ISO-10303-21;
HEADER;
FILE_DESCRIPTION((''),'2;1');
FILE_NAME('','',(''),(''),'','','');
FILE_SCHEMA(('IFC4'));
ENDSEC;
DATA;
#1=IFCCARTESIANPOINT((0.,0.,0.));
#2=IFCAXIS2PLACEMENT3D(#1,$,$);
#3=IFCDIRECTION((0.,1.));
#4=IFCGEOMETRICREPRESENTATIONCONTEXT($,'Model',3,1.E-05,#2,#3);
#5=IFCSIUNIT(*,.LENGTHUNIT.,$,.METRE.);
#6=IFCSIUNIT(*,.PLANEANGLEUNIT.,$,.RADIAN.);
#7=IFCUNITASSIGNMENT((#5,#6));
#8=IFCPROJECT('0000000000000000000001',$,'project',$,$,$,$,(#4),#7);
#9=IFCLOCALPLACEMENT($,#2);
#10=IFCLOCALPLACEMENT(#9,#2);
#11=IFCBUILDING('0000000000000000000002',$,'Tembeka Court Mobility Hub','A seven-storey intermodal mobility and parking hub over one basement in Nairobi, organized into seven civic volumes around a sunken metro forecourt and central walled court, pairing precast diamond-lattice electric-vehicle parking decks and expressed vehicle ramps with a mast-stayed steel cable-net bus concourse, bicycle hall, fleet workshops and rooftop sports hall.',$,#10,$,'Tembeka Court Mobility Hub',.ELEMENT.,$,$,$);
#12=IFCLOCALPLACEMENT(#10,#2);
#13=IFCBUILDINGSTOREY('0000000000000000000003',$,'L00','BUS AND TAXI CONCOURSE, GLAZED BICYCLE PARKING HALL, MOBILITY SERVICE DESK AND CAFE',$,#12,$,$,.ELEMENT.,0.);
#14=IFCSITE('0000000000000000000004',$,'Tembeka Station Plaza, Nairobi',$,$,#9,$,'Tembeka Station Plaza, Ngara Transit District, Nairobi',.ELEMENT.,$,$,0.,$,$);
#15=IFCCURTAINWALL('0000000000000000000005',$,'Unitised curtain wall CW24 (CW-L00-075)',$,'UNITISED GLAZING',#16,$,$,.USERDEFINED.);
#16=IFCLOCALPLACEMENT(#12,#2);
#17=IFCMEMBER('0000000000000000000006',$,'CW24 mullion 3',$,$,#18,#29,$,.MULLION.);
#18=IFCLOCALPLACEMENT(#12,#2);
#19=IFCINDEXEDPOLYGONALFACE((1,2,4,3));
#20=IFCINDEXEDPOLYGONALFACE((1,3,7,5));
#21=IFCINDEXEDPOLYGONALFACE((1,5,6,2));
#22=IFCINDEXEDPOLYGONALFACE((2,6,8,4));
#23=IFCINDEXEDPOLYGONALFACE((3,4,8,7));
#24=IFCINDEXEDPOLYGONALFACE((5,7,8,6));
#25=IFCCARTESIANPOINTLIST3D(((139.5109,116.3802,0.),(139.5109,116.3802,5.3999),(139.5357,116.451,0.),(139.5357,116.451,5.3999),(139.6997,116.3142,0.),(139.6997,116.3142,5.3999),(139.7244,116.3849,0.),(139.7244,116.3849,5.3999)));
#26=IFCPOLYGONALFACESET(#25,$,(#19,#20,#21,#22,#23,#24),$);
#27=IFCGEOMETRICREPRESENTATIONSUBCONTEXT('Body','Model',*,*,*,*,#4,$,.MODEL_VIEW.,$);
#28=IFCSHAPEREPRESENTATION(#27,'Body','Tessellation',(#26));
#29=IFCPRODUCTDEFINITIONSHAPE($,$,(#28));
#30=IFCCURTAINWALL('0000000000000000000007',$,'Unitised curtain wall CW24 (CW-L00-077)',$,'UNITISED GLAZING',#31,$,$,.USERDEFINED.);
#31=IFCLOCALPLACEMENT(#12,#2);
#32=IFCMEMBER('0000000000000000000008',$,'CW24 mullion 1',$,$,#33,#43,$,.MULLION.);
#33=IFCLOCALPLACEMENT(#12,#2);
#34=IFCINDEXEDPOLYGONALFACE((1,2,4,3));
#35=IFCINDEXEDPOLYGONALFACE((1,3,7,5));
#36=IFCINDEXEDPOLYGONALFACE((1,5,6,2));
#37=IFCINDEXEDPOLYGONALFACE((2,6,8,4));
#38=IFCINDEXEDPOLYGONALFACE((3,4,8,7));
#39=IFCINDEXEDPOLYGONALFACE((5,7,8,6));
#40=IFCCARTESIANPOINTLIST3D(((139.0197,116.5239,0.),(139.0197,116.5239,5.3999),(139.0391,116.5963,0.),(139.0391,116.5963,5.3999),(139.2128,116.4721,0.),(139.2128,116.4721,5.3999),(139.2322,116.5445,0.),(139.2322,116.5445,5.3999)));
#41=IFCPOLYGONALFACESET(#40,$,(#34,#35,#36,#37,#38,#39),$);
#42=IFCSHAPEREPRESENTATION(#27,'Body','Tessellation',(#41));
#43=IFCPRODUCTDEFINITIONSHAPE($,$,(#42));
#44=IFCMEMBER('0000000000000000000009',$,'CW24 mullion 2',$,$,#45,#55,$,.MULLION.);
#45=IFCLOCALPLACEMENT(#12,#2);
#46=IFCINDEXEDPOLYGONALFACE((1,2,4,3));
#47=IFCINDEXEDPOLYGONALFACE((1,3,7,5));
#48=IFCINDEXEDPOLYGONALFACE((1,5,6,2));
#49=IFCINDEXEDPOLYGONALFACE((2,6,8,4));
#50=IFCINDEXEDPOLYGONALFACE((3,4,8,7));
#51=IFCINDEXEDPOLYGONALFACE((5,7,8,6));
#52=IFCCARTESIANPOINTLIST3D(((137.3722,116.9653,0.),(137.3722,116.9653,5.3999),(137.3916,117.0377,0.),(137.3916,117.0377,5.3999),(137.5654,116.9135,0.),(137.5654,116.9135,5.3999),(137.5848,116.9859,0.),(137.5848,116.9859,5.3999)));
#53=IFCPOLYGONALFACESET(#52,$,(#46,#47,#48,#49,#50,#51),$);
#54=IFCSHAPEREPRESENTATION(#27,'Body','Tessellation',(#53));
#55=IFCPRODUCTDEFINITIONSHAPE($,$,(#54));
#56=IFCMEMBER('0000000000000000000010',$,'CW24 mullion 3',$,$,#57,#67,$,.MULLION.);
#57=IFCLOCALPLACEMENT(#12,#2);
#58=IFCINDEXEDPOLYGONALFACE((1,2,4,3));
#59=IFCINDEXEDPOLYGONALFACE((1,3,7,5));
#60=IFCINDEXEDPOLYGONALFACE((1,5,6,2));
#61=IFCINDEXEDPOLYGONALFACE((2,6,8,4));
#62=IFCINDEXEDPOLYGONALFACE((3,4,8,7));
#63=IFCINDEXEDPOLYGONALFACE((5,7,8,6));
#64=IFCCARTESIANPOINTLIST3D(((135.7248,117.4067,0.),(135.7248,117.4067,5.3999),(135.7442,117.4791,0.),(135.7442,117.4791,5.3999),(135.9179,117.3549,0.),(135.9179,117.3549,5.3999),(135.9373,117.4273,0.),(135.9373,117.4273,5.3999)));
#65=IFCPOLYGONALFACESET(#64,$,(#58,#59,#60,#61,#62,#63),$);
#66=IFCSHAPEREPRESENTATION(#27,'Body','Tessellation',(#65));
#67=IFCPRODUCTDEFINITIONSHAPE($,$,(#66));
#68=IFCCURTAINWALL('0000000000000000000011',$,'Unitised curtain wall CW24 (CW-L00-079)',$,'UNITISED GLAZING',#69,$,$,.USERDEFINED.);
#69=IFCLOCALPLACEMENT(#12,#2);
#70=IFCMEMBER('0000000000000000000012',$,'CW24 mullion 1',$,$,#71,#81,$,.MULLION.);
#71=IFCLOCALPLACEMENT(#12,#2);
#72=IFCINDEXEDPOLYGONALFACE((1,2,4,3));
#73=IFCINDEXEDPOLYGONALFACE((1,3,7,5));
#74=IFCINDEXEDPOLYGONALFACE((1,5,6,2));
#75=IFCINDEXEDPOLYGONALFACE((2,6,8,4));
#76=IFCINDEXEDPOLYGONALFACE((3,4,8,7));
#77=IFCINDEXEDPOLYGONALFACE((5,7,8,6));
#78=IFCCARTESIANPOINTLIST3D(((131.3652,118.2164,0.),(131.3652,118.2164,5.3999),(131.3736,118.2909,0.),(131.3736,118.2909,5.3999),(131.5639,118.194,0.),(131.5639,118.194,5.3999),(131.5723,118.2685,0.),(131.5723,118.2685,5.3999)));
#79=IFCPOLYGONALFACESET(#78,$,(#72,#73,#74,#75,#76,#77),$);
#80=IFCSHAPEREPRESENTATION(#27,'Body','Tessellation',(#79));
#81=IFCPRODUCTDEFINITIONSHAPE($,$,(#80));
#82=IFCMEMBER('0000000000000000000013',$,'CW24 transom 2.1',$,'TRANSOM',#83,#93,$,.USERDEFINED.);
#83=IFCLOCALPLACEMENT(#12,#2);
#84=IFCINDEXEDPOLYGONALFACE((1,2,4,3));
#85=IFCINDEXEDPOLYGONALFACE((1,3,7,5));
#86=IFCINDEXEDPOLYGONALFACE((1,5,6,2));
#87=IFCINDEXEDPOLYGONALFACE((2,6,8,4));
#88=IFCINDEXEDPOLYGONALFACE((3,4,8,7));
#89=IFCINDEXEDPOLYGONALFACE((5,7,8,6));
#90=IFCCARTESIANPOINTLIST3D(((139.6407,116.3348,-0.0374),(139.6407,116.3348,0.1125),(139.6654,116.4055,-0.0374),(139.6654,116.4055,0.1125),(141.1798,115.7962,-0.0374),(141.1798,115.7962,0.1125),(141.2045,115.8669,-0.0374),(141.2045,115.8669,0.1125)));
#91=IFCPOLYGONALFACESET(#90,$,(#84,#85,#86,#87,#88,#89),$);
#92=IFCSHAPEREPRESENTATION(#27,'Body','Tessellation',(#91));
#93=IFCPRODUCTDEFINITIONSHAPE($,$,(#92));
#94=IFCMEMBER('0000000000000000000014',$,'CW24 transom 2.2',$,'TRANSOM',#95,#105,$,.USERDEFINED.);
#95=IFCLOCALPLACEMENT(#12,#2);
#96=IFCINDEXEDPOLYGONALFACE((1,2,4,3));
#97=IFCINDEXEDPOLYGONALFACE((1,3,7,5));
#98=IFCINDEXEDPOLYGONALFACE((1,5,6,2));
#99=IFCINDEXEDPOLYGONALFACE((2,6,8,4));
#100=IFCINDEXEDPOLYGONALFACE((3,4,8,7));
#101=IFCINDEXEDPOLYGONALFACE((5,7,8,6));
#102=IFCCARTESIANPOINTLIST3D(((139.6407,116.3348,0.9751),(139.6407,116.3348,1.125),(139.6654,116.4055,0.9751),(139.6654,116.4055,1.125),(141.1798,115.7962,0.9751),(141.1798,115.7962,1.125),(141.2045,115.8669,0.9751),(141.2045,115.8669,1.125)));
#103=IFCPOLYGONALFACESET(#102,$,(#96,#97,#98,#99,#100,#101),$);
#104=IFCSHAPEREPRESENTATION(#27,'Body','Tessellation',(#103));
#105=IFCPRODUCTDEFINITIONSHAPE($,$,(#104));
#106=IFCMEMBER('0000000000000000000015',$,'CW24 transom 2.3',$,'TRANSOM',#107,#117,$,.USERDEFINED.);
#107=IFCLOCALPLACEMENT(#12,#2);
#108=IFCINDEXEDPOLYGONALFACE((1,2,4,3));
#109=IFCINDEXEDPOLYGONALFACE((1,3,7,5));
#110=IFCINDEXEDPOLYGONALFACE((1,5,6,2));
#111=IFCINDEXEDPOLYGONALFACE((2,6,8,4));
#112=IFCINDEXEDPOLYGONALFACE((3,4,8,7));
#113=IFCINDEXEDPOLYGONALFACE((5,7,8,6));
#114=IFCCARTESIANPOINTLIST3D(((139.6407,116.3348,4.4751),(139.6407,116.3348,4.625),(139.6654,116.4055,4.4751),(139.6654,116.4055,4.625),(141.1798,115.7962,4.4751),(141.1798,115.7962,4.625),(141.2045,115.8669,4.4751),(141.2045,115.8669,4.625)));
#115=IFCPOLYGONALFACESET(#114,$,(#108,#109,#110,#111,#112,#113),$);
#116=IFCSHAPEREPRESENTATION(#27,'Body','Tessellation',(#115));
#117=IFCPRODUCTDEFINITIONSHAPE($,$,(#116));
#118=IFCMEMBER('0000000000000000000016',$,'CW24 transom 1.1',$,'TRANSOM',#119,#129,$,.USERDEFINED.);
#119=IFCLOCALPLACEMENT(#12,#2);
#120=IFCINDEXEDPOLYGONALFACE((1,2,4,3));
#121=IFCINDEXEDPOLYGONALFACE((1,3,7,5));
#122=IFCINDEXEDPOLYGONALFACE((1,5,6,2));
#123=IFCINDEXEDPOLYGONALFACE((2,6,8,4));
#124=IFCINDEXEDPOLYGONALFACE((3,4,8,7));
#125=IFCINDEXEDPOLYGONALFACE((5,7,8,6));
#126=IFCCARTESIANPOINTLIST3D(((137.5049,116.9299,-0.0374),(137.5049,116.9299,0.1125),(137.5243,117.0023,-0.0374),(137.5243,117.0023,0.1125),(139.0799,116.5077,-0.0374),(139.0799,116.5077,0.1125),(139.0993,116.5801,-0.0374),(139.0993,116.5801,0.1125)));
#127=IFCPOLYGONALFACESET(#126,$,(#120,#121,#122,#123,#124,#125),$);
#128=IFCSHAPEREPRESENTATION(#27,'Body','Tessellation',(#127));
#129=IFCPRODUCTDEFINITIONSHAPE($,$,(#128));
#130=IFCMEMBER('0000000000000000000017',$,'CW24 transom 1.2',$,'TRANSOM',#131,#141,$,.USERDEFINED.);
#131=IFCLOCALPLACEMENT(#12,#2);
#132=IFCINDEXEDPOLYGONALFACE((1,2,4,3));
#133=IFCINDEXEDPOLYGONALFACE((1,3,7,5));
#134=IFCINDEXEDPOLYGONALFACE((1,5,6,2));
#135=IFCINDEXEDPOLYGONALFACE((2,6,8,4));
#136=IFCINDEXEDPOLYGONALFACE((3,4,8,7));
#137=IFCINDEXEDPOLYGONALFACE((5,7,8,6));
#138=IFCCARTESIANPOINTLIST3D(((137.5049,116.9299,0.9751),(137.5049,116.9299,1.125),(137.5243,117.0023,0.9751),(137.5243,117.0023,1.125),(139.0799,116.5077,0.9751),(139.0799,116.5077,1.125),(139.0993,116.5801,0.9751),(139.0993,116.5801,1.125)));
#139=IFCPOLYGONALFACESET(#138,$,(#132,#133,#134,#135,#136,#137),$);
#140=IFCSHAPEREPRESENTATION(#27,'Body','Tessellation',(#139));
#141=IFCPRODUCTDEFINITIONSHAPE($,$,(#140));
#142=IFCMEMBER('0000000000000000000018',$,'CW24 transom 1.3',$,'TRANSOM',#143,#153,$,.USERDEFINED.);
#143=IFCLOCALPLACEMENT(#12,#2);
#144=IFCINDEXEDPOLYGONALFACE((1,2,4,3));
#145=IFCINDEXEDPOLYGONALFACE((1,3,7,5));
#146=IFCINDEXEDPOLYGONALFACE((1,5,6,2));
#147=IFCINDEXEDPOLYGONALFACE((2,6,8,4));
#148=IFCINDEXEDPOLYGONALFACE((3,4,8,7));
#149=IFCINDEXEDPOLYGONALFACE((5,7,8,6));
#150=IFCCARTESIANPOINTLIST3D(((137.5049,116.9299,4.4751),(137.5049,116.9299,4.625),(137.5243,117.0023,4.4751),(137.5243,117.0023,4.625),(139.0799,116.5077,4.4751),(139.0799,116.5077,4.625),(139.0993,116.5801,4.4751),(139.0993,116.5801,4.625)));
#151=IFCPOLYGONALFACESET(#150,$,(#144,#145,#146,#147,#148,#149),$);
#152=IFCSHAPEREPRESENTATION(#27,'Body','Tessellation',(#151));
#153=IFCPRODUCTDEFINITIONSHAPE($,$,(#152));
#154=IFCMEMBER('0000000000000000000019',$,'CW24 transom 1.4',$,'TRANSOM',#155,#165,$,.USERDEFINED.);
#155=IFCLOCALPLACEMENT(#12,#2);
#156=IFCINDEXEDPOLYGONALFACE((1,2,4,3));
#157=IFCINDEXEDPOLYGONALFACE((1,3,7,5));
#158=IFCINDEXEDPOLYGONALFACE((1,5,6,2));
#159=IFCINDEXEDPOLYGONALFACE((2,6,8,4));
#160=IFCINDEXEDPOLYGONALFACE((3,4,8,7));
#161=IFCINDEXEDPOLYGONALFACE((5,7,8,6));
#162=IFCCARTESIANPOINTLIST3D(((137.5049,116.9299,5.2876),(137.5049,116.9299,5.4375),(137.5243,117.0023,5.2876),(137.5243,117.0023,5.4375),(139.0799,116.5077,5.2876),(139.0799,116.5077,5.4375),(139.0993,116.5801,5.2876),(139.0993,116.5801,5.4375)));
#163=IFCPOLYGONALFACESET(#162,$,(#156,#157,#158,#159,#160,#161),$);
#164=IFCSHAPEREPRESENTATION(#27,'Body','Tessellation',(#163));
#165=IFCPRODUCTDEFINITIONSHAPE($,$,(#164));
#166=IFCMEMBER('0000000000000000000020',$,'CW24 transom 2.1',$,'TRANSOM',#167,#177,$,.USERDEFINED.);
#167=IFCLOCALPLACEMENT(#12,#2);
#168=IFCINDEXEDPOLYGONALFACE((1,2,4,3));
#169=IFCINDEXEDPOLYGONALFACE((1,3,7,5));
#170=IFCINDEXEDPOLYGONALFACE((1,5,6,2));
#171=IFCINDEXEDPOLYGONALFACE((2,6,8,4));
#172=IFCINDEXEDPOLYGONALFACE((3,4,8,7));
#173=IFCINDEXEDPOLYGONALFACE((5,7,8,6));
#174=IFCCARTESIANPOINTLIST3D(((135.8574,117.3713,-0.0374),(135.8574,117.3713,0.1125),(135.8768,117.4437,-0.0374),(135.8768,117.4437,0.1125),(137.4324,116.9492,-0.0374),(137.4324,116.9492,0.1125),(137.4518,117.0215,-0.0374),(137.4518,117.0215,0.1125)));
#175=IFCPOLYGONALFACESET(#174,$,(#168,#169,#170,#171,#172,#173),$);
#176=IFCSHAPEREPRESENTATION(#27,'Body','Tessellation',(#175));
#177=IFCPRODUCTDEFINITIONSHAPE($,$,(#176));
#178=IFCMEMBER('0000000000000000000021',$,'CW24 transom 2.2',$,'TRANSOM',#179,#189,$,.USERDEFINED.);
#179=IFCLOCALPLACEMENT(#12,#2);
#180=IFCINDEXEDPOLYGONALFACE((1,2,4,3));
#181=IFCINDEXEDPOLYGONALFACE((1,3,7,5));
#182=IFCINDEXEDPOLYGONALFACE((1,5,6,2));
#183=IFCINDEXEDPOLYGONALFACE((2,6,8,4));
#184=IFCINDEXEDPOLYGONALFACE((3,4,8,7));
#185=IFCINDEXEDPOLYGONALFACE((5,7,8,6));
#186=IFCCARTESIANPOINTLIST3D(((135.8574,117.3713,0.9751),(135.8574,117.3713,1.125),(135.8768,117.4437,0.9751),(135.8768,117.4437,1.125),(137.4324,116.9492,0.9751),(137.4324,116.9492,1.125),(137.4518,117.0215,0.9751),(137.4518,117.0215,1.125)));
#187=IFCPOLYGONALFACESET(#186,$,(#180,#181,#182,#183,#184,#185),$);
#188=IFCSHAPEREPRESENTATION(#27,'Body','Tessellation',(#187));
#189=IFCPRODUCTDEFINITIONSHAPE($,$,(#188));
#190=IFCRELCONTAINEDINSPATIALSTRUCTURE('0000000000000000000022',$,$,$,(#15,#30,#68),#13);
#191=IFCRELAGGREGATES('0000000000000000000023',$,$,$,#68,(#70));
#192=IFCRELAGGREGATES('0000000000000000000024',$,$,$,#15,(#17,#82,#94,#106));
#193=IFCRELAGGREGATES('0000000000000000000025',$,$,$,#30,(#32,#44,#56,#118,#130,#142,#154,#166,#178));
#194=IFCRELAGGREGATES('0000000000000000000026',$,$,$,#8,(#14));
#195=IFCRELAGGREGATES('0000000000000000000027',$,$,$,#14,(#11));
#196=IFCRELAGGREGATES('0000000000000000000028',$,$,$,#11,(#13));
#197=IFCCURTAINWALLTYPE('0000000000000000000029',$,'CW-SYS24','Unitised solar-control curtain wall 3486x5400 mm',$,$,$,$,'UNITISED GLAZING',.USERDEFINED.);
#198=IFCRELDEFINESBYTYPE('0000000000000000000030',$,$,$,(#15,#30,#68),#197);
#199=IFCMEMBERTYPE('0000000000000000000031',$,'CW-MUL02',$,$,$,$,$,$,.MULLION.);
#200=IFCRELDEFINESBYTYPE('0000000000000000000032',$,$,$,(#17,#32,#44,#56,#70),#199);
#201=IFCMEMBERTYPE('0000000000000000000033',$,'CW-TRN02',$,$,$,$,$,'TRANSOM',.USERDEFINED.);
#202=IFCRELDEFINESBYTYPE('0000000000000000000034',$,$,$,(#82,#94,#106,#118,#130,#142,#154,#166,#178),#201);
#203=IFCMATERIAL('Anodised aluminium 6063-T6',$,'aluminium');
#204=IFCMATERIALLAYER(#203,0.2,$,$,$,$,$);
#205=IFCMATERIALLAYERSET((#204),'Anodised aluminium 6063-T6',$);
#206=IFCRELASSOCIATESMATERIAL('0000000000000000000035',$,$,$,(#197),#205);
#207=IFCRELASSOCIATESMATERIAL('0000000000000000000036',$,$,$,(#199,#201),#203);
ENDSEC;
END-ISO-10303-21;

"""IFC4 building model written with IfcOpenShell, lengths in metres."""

from ifc_helpers import new_model, si_unit, direction, frame, origin, origin_2d, place, context, subcontext, project, spatial, rectangle, extrude, material, layer, layer_set, material_profile, profile_set, type_object, element, aggregate, save


model = new_model("IFC4")

# Units and contexts
model_context = context("Model", 3, precision=1e-05, world=origin(), true_north=direction((0.0, 1.0)))
body_context = subcontext(model_context, "Body", "Model", "MODEL_VIEW")
ifc_project = project(units=[si_unit("LENGTHUNIT", "METRE"), si_unit("PLANEANGLEUNIT", "RADIAN")], contexts=[model_context])

# Site, building, storey
site_placement = place(None, origin())
site = spatial("IfcSite", under=ifc_project, at=site_placement, Name="Tembeka Station Plaza, Nairobi", LongName="Tembeka Station Plaza, Ngara Transit District, Nairobi", CompositionType="ELEMENT", RefElevation=0.0)
building_placement = place(site_placement, origin())
building = spatial("IfcBuilding", under=site, at=building_placement, Name="Tembeka Court Mobility Hub", Description="A seven-storey intermodal mobility and parking hub over one basement in Nairobi, organized into seven civic volumes around a sunken metro forecourt and central walled court, pairing precast diamond-lattice electric-vehicle parking decks and expressed vehicle ramps with a mast-stayed steel cable-net bus concourse, bicycle hall, fleet workshops and rooftop sports hall.", LongName="Tembeka Court Mobility Hub", CompositionType="ELEMENT")
storey_placement = place(building_placement, origin())
storey = spatial("IfcBuildingStorey", under=building, at=storey_placement, Name="L00", Description="BUS AND TAXI CONCOURSE, GLAZED BICYCLE PARKING HALL, MOBILITY SERVICE DESK AND CAFE", CompositionType="ELEMENT", Elevation=0.0)

# Curtain wall, member
ifc_material_1 = material(Name="Anodised aluminium 6063-T6", Category="aluminium")
ifc_layer_1 = layer(ifc_material_1, 0.2)
ifc_layer_set_1 = layer_set([ifc_layer_1], Name="Anodised aluminium 6063-T6")
curtain_wall_type = type_object("IfcCurtainWallType", Name="CW-SYS24", Description="Unitised solar-control curtain wall 3486x5400 mm", ElementType="UNITISED GLAZING", PredefinedType="USERDEFINED", material=ifc_layer_set_1)
curtain_wall_1_placement = place(storey_placement, origin())
curtain_wall_1 = element("IfcCurtainWall", 1, at=curtain_wall_1_placement, inside=storey, type_object=curtain_wall_type, Name="Unitised curtain wall CW24 (CW-L00-075)", ObjectType="UNITISED GLAZING", PredefinedType="USERDEFINED")
ifc_material_profile_1 = material_profile(ifc_material_1, rectangle(XDim=0.075, YDim=0.2, at=origin_2d()), Name="ALU-MUL 75x200")
ifc_profile_set_1 = profile_set([ifc_material_profile_1], Name="Anodised aluminium 6063-T6")
member_type_1 = type_object("IfcMemberType", Name="CW-MUL02", PredefinedType="MULLION", material=ifc_profile_set_1)
member_1_placement = place(storey_placement, frame((139.6177, 116.3826, 0.0), z_axis=(0.0, 0.0, 1.0), x_axis=(-0.330264, -0.943889, 0.0)))
member_1 = element("IfcMember", 2, at=member_1_placement, type_object=member_type_1, Name="CW24 mullion 3", PredefinedType="MULLION", context=body_context, shape_type="SweptSolid", body=[
    extrude(rectangle(XDim=0.075, YDim=0.2, at=origin_2d()), origin(), (0.0, 0.0, 1.0), 5.3999),
])

# Curtain wall, members
curtain_wall_2_placement = place(storey_placement, origin())
curtain_wall_2 = element("IfcCurtainWall", 3, at=curtain_wall_2_placement, inside=storey, type_object=curtain_wall_type, Name="Unitised curtain wall CW24 (CW-L00-077)", ObjectType="UNITISED GLAZING", PredefinedType="USERDEFINED")
member_2_placement = place(storey_placement, frame((139.126, 116.5342, 0.0), z_axis=(0.0, 0.0, 1.0), x_axis=(-0.258828, -0.965923, 0.0)))
member_2 = element("IfcMember", 4, at=member_2_placement, type_object=member_type_1, Name="CW24 mullion 1", PredefinedType="MULLION", context=body_context, shape_type="SweptSolid", body=[
    extrude(rectangle(XDim=0.075, YDim=0.2, at=origin_2d()), origin(), (0.0, 0.0, 1.0), 5.3999),
])
member_3_placement = place(storey_placement, frame((137.4785, 116.9756, 0.0), z_axis=(0.0, 0.0, 1.0), x_axis=(-0.258828, -0.965923, 0.0)))
member_3 = element("IfcMember", 5, at=member_3_placement, type_object=member_type_1, Name="CW24 mullion 2", PredefinedType="MULLION", context=body_context, shape_type="SweptSolid", body=[
    extrude(rectangle(XDim=0.075, YDim=0.2, at=origin_2d()), origin(), (0.0, 0.0, 1.0), 5.3999),
])
member_4_placement = place(storey_placement, frame((135.8311, 117.417, 0.0), z_axis=(0.0, 0.0, 1.0), x_axis=(-0.258828, -0.965923, 0.0)))
member_4 = element("IfcMember", 6, at=member_4_placement, type_object=member_type_1, Name="CW24 mullion 3", PredefinedType="MULLION", context=body_context, shape_type="SweptSolid", body=[
    extrude(rectangle(XDim=0.075, YDim=0.2, at=origin_2d()), origin(), (0.0, 0.0, 1.0), 5.3999),
])

# Curtain wall, member
curtain_wall_3_placement = place(storey_placement, origin())
curtain_wall_3 = element("IfcCurtainWall", 7, at=curtain_wall_3_placement, inside=storey, type_object=curtain_wall_type, Name="Unitised curtain wall CW24 (CW-L00-079)", ObjectType="UNITISED GLAZING", PredefinedType="USERDEFINED")
member_5_placement = place(storey_placement, frame((131.4688, 118.2424, 0.0), z_axis=(0.0, 0.0, 1.0), x_axis=(-0.111987, -0.99371, 0.0)))
member_5 = element("IfcMember", 8, at=member_5_placement, type_object=member_type_1, Name="CW24 mullion 1", PredefinedType="MULLION", context=body_context, shape_type="SweptSolid", body=[
    extrude(rectangle(XDim=0.075, YDim=0.2, at=origin_2d()), origin(), (0.0, 0.0, 1.0), 5.3999),
])

# Members
ifc_material_profile_2 = material_profile(ifc_material_1, rectangle(XDim=0.075, YDim=0.1499, at=origin_2d()), Name="ALU-TRN 75x150")
ifc_profile_set_2 = profile_set([ifc_material_profile_2], Name="Anodised aluminium 6063-T6")
member_type_2 = type_object("IfcMemberType", Name="CW-TRN02", ElementType="TRANSOM", PredefinedType="USERDEFINED", material=ifc_profile_set_2)
member_6_placement = place(storey_placement, frame((141.1921, 115.8315, 0.0376), z_axis=(-0.943877, 0.330297, 0.0), x_axis=(-0.330297, -0.943877, 0.0)))
member_6 = element("IfcMember", 9, at=member_6_placement, type_object=member_type_2, Name="CW24 transom 2.1", ObjectType="TRANSOM", PredefinedType="USERDEFINED", context=body_context, shape_type="SweptSolid", body=[
    extrude(rectangle(XDim=0.075, YDim=0.1499, at=origin_2d()), origin(), (0.0, 0.0, 1.0), 1.6306),
])
member_7_placement = place(storey_placement, frame((141.1921, 115.8315, 1.05), z_axis=(-0.943877, 0.330297, 0.0), x_axis=(-0.330297, -0.943877, 0.0)))
member_7 = element("IfcMember", 10, at=member_7_placement, type_object=member_type_2, Name="CW24 transom 2.2", ObjectType="TRANSOM", PredefinedType="USERDEFINED", context=body_context, shape_type="SweptSolid", body=[
    extrude(rectangle(XDim=0.075, YDim=0.1499, at=origin_2d()), origin(), (0.0, 0.0, 1.0), 1.6306),
])
member_8_placement = place(storey_placement, frame((141.1921, 115.8315, 4.55), z_axis=(-0.943877, 0.330297, 0.0), x_axis=(-0.330297, -0.943877, 0.0)))
member_8 = element("IfcMember", 11, at=member_8_placement, type_object=member_type_2, Name="CW24 transom 2.3", ObjectType="TRANSOM", PredefinedType="USERDEFINED", context=body_context, shape_type="SweptSolid", body=[
    extrude(rectangle(XDim=0.075, YDim=0.1499, at=origin_2d()), origin(), (0.0, 0.0, 1.0), 1.6306),
])
member_9_placement = place(storey_placement, frame((139.0896, 116.5439, 0.0376), z_axis=(-0.965909, 0.258883, 0.0), x_axis=(-0.258883, -0.965909, 0.0)))
member_9 = element("IfcMember", 12, at=member_9_placement, type_object=member_type_2, Name="CW24 transom 1.1", ObjectType="TRANSOM", PredefinedType="USERDEFINED", context=body_context, shape_type="SweptSolid", body=[
    extrude(rectangle(XDim=0.075, YDim=0.1499, at=origin_2d()), origin(), (0.0, 0.0, 1.0), 1.6306),
])
member_10_placement = place(storey_placement, frame((139.0896, 116.5439, 1.05), z_axis=(-0.965909, 0.258883, 0.0), x_axis=(-0.258883, -0.965909, 0.0)))
member_10 = element("IfcMember", 13, at=member_10_placement, type_object=member_type_2, Name="CW24 transom 1.2", ObjectType="TRANSOM", PredefinedType="USERDEFINED", context=body_context, shape_type="SweptSolid", body=[
    extrude(rectangle(XDim=0.075, YDim=0.1499, at=origin_2d()), origin(), (0.0, 0.0, 1.0), 1.6306),
])
member_11_placement = place(storey_placement, frame((139.0896, 116.5439, 4.55), z_axis=(-0.965909, 0.258883, 0.0), x_axis=(-0.258883, -0.965909, 0.0)))
member_11 = element("IfcMember", 14, at=member_11_placement, type_object=member_type_2, Name="CW24 transom 1.3", ObjectType="TRANSOM", PredefinedType="USERDEFINED", context=body_context, shape_type="SweptSolid", body=[
    extrude(rectangle(XDim=0.075, YDim=0.1499, at=origin_2d()), origin(), (0.0, 0.0, 1.0), 1.6306),
])
member_12_placement = place(storey_placement, frame((139.0896, 116.5439, 5.3625), z_axis=(-0.965909, 0.258883, 0.0), x_axis=(-0.258883, -0.965909, 0.0)))
member_12 = element("IfcMember", 15, at=member_12_placement, type_object=member_type_2, Name="CW24 transom 1.4", ObjectType="TRANSOM", PredefinedType="USERDEFINED", context=body_context, shape_type="SweptSolid", body=[
    extrude(rectangle(XDim=0.075, YDim=0.1499, at=origin_2d()), origin(), (0.0, 0.0, 1.0), 1.6306),
])
member_13_placement = place(storey_placement, frame((137.4421, 116.9854, 0.0376), z_axis=(-0.965909, 0.258883, 0.0), x_axis=(-0.258883, -0.965909, 0.0)))
member_13 = element("IfcMember", 16, at=member_13_placement, type_object=member_type_2, Name="CW24 transom 2.1", ObjectType="TRANSOM", PredefinedType="USERDEFINED", context=body_context, shape_type="SweptSolid", body=[
    extrude(rectangle(XDim=0.075, YDim=0.1499, at=origin_2d()), origin(), (0.0, 0.0, 1.0), 1.6306),
])
member_14_placement = place(storey_placement, frame((137.4421, 116.9854, 1.05), z_axis=(-0.965909, 0.258883, 0.0), x_axis=(-0.258883, -0.965909, 0.0)))
member_14 = element("IfcMember", 17, at=member_14_placement, type_object=member_type_2, Name="CW24 transom 2.2", ObjectType="TRANSOM", PredefinedType="USERDEFINED", context=body_context, shape_type="SweptSolid", body=[
    extrude(rectangle(XDim=0.075, YDim=0.1499, at=origin_2d()), origin(), (0.0, 0.0, 1.0), 1.6306),
])
aggregate(curtain_wall_3, [member_5])

aggregate(curtain_wall_1, [member_1, member_6, member_7, member_8])
aggregate(curtain_wall_2, [member_2, member_3, member_4, member_9, member_10, member_11, member_12, member_13, member_14])

save(model, "model.ifc")
